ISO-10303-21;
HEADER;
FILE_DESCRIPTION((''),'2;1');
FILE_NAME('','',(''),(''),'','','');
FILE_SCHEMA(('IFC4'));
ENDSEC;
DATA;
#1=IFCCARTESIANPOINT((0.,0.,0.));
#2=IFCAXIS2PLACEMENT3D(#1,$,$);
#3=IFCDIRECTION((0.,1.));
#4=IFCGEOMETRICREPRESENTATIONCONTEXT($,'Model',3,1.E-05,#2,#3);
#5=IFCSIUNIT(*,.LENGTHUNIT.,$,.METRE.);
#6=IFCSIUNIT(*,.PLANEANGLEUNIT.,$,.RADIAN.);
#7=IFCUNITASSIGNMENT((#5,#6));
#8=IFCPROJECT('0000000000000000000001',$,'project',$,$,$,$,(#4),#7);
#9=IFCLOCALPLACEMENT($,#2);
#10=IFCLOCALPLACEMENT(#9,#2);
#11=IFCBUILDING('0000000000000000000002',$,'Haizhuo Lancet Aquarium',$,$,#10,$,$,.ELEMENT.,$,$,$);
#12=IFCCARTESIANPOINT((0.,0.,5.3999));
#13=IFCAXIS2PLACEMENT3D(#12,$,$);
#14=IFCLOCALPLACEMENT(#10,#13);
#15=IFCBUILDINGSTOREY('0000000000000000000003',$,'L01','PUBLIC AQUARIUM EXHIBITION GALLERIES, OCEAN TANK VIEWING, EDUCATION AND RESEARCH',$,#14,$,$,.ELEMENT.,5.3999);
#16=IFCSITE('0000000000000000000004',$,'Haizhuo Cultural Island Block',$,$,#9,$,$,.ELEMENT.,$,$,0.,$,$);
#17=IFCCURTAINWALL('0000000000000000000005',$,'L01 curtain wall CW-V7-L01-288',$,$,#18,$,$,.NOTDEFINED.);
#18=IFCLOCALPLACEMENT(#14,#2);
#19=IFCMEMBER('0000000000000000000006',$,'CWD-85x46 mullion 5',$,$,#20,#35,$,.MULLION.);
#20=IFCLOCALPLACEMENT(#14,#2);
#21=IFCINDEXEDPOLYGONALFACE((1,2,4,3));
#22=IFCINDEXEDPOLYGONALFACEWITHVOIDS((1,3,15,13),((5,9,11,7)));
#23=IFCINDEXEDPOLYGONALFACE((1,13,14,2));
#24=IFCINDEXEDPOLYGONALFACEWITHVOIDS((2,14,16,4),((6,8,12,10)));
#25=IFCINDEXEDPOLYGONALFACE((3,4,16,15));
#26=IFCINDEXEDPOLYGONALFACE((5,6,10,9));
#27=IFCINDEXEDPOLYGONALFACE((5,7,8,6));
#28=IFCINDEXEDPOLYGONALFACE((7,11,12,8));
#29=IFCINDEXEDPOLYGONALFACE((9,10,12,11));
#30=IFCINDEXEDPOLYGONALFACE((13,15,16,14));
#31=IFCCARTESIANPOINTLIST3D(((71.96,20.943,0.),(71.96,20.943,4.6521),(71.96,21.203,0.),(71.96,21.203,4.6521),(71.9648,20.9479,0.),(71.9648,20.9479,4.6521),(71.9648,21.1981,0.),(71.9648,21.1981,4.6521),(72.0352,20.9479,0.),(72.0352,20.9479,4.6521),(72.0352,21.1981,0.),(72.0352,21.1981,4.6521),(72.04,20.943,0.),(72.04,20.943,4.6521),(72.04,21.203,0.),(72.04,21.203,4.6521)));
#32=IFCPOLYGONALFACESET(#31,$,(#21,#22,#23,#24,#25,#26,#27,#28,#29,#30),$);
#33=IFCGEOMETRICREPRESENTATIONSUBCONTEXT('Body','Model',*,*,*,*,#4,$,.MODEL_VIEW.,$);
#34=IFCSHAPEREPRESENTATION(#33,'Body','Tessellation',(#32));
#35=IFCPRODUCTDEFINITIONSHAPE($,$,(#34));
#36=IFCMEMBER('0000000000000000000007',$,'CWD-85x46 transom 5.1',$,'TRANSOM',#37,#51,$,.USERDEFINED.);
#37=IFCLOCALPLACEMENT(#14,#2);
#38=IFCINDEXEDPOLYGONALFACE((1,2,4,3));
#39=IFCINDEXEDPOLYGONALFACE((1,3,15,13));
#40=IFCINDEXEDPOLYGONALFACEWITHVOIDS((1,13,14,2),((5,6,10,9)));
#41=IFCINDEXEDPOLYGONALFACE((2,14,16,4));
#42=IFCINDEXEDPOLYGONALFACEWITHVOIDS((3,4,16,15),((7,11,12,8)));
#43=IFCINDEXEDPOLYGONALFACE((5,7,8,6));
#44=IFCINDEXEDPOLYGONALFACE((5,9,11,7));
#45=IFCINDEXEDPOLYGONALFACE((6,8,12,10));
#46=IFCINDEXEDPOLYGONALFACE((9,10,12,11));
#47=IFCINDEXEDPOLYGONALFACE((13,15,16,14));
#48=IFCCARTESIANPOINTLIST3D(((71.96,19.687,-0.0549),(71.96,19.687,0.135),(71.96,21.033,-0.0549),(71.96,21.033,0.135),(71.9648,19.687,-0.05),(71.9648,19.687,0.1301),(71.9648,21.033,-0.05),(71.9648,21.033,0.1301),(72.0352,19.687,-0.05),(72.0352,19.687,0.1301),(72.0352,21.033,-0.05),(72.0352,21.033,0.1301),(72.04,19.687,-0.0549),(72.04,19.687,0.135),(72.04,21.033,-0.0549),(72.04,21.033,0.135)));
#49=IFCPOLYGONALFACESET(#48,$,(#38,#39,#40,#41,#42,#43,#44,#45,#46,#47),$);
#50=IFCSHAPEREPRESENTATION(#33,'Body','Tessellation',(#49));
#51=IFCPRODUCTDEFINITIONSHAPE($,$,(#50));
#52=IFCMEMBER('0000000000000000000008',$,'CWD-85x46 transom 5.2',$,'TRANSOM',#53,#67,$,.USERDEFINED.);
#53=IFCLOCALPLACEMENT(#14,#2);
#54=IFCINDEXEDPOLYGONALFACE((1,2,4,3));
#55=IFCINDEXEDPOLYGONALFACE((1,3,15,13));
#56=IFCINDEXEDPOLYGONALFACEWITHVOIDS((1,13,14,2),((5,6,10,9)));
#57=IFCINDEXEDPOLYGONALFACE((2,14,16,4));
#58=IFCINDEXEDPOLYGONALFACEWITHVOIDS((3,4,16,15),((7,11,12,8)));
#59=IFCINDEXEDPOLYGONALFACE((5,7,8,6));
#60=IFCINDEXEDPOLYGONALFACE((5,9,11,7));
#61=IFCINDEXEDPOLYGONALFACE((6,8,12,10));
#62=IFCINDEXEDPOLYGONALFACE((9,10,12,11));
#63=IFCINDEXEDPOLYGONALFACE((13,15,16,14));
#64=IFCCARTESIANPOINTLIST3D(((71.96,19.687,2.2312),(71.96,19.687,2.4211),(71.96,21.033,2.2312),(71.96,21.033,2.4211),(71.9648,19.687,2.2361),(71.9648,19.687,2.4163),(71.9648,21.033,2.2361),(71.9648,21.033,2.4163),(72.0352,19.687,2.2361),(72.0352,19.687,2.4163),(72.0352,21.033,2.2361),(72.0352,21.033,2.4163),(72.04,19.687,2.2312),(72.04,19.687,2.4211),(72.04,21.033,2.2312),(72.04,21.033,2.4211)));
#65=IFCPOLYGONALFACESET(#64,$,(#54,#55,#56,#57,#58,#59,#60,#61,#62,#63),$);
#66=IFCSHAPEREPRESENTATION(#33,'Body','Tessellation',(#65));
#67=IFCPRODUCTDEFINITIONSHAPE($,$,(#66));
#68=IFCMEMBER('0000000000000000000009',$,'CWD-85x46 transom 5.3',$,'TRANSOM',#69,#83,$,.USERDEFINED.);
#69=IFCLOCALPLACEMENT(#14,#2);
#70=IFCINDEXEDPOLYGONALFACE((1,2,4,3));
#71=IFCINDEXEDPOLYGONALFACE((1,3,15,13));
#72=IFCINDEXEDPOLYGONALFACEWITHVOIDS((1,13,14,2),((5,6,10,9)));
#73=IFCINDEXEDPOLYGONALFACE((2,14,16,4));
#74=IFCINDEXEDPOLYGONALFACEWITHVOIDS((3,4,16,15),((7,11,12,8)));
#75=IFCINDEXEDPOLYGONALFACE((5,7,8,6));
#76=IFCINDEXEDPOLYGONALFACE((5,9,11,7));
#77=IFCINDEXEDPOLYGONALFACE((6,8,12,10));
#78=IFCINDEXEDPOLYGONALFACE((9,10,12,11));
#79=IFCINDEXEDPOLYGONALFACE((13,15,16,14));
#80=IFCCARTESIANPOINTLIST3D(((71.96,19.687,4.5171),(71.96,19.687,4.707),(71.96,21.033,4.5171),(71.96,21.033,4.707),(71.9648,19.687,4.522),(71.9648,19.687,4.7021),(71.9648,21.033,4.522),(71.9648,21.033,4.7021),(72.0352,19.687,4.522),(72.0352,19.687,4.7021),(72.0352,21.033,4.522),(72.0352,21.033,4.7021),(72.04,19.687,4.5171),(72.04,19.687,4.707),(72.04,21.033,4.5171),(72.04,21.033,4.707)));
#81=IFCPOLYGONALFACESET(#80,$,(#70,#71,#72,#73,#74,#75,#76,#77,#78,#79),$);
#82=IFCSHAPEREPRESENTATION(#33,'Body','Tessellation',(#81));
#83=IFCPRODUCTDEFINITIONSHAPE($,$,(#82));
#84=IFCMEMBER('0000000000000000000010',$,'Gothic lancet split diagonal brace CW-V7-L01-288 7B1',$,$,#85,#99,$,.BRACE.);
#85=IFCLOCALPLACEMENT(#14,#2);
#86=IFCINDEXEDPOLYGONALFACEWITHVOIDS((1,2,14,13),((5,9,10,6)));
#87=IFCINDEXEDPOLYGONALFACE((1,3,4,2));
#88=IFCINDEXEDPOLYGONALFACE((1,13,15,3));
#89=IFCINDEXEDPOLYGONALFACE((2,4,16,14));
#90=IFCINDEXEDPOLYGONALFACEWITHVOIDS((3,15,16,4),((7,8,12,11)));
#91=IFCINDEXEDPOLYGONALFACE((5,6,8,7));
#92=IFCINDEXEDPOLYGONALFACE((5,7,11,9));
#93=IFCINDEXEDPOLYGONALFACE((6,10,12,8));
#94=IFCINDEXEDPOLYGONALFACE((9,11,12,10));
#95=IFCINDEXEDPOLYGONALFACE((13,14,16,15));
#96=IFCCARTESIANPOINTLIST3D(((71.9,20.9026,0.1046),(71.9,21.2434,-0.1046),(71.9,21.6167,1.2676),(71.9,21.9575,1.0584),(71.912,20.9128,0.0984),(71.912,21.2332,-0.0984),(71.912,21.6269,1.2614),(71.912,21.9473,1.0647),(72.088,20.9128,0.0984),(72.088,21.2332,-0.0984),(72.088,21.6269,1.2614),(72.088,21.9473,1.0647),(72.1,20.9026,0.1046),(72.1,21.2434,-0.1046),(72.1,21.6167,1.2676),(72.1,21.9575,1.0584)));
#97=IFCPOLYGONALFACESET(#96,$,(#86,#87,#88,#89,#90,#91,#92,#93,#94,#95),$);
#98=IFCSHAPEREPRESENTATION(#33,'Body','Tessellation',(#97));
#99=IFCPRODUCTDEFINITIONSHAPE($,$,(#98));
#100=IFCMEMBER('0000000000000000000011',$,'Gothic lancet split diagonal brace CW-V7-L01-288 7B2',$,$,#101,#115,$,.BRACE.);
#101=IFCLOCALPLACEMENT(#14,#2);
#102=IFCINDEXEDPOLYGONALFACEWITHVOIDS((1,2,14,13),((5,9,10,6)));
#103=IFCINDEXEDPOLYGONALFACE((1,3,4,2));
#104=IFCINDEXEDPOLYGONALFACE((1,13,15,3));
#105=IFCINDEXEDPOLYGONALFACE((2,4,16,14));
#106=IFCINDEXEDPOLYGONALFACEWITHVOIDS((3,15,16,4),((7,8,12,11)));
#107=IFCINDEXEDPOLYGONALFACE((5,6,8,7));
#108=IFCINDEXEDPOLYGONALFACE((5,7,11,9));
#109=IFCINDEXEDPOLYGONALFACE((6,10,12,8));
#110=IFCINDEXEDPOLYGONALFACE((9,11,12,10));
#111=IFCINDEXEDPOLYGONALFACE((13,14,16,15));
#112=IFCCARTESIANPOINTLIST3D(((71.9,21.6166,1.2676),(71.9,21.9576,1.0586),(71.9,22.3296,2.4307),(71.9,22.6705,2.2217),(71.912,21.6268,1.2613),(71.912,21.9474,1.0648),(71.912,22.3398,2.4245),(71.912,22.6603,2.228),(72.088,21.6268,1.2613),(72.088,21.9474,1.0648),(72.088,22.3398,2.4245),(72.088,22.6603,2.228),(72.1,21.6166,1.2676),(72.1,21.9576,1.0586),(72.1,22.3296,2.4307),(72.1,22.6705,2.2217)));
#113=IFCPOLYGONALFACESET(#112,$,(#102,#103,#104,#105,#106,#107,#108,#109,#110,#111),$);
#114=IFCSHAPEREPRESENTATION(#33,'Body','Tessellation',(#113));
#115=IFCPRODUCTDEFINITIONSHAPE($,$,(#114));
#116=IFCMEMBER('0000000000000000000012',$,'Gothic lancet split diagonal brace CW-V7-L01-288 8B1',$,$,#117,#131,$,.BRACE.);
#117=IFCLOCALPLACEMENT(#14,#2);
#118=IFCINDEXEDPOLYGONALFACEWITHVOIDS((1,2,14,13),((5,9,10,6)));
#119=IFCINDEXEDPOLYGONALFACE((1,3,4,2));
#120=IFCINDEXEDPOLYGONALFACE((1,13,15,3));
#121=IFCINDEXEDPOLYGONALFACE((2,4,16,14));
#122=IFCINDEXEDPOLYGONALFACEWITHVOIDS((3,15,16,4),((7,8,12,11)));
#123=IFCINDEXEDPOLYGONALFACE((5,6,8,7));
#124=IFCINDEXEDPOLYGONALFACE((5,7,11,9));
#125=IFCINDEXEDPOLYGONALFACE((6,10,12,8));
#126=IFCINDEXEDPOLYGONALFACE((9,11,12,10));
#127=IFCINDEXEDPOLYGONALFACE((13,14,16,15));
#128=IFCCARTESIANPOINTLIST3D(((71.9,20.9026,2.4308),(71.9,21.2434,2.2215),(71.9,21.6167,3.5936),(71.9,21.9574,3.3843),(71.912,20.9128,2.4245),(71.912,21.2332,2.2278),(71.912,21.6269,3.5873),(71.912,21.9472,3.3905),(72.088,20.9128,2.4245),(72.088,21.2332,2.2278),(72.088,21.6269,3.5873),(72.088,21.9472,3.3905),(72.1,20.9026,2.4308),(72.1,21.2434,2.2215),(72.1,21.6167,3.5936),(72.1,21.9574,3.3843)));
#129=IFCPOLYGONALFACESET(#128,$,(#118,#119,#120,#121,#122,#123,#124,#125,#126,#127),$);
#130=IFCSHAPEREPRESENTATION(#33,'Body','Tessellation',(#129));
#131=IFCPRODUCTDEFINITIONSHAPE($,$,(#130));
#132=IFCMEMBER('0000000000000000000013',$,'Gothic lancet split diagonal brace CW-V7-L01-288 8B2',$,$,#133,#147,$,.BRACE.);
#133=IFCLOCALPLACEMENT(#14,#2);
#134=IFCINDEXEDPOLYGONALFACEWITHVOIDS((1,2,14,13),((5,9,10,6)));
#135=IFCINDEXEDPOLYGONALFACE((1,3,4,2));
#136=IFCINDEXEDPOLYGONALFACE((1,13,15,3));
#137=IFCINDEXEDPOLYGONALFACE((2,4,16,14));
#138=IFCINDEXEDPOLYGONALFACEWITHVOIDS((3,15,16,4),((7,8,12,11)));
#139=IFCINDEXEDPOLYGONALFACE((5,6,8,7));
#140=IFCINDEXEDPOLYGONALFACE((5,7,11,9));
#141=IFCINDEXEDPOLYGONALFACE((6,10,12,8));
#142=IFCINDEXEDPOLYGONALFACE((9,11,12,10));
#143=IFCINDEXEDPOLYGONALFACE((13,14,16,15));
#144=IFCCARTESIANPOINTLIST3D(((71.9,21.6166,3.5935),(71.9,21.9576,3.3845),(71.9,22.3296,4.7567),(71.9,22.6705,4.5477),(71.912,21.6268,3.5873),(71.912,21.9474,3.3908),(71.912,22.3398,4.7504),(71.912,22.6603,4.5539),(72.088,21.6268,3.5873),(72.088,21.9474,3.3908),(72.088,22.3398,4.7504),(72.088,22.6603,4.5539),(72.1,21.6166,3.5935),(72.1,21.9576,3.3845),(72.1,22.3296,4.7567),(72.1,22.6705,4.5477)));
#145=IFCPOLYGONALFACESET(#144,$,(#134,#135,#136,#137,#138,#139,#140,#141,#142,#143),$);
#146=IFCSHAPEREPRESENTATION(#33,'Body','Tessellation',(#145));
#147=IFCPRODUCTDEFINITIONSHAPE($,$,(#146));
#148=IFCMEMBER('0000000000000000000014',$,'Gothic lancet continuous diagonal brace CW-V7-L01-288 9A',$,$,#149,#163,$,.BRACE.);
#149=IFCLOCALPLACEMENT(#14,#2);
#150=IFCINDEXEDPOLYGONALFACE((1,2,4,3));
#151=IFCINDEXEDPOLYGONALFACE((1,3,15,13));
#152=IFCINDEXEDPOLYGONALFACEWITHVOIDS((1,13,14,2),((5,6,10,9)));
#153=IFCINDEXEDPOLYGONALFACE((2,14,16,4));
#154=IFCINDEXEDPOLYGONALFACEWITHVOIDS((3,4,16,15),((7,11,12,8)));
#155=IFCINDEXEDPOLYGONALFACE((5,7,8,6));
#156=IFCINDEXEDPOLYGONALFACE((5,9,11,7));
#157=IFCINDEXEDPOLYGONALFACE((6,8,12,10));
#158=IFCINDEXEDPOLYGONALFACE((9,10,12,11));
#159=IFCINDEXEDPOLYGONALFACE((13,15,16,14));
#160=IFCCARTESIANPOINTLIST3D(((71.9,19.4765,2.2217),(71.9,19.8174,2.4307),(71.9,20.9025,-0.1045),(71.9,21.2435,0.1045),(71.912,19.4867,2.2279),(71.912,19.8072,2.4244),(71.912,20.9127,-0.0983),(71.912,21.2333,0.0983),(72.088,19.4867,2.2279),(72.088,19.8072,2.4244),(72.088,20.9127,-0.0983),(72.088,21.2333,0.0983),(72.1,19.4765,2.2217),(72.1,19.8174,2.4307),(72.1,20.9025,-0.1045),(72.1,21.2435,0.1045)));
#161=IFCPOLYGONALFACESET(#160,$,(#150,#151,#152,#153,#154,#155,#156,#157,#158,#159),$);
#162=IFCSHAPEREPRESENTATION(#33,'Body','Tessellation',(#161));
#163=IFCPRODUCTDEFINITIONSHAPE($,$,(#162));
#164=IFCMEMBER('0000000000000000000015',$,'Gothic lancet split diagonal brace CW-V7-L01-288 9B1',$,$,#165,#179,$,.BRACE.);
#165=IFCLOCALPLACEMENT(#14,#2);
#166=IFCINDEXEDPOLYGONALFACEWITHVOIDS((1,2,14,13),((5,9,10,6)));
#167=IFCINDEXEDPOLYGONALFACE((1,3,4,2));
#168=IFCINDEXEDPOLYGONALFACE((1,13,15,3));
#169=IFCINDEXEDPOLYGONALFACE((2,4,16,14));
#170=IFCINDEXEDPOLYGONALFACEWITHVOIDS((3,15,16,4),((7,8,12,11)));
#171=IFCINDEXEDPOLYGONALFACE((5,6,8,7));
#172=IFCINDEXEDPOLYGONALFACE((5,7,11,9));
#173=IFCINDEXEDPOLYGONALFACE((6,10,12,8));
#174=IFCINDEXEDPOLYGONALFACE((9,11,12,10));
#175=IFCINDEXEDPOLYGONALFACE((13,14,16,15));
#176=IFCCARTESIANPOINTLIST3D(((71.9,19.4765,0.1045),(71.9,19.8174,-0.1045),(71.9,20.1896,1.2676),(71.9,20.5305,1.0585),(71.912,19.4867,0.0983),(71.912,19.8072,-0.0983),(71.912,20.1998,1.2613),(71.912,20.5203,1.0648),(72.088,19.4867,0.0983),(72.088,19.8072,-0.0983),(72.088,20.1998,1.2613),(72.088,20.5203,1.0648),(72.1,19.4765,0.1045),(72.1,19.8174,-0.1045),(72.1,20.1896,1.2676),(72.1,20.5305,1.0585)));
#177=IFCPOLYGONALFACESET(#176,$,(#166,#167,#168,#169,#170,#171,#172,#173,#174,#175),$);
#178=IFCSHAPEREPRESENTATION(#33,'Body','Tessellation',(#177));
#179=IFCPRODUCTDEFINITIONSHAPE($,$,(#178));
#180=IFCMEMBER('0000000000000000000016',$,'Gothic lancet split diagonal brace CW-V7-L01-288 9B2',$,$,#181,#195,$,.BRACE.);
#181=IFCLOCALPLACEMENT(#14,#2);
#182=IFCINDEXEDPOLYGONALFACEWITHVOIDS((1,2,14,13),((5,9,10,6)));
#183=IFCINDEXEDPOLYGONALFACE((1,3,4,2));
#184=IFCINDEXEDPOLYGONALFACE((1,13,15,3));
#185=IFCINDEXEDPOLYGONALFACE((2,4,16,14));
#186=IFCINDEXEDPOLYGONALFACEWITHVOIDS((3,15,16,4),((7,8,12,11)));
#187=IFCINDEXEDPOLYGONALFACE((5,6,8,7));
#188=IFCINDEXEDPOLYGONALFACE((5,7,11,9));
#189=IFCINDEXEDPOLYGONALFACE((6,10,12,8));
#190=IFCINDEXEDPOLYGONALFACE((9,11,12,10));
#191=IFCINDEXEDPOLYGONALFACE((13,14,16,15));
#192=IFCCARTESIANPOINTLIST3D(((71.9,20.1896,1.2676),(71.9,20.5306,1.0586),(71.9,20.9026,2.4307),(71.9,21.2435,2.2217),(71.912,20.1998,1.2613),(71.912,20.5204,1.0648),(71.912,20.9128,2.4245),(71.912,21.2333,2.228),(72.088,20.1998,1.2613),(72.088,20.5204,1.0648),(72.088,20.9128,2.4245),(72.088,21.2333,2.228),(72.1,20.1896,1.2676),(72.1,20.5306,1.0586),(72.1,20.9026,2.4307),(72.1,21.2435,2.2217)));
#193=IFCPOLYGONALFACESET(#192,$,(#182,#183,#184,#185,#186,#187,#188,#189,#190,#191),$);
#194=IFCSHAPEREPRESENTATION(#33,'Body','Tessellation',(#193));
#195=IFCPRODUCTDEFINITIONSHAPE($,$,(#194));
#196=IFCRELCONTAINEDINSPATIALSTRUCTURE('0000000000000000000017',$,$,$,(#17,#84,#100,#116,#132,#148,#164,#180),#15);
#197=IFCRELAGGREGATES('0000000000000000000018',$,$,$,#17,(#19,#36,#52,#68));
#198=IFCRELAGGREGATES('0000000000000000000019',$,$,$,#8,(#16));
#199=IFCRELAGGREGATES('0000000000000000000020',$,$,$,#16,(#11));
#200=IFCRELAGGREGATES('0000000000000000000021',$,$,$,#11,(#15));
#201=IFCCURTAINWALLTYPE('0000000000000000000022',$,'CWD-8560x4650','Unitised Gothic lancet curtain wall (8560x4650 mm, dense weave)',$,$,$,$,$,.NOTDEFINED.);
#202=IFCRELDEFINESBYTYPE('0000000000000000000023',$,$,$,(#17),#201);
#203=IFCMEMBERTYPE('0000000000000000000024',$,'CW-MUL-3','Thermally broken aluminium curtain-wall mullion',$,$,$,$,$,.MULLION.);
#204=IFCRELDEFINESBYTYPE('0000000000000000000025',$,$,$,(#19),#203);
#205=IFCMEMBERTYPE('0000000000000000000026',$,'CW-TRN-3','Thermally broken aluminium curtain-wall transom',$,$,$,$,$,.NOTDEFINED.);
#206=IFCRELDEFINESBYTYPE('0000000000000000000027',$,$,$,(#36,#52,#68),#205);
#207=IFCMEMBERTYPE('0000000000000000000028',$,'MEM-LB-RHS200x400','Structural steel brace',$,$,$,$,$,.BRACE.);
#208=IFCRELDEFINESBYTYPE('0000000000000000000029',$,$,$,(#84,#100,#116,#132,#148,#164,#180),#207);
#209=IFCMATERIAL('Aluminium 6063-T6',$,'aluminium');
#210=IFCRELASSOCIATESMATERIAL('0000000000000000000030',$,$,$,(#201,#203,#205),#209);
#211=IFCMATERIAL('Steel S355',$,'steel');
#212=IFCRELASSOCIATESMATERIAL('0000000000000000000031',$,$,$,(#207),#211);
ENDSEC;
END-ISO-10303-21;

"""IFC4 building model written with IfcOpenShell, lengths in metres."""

from ifc_helpers import new_model, si_unit, direction, frame, origin, origin_2d, place, context, subcontext, project, spatial, hollow_rectangle, extrude, material, material_profile, profile_set, type_object, element, aggregate, save


model = new_model("IFC4")

# Units and contexts
model_context = context("Model", 3, precision=1e-05, world=origin(), true_north=direction((0.0, 1.0)))
body_context = subcontext(model_context, "Body", "Model", "MODEL_VIEW")
ifc_project = project(units=[si_unit("LENGTHUNIT", "METRE"), si_unit("PLANEANGLEUNIT", "RADIAN")], contexts=[model_context])

# Site, building, storey
site_placement = place(None, origin())
site = spatial("IfcSite", under=ifc_project, at=site_placement, Name="Haizhuo Cultural Island Block", CompositionType="ELEMENT", RefElevation=0.0)
building_placement = place(site_placement, origin())
building = spatial("IfcBuilding", under=site, at=building_placement, Name="Haizhuo Lancet Aquarium", CompositionType="ELEMENT")
storey_placement = place(building_placement, frame((0.0, 0.0, 5.3999)))
storey = spatial("IfcBuildingStorey", under=building, at=storey_placement, Name="L01", Description="PUBLIC AQUARIUM EXHIBITION GALLERIES, OCEAN TANK VIEWING, EDUCATION AND RESEARCH", CompositionType="ELEMENT", Elevation=5.3999)

# Curtain wall, members
ifc_material_1 = material(Name="Aluminium 6063-T6", Category="aluminium")
curtain_wall_type = type_object("IfcCurtainWallType", Name="CWD-8560x4650", Description="Unitised Gothic lancet curtain wall (8560x4650 mm, dense weave)", PredefinedType="NOTDEFINED", material=ifc_material_1)
curtain_wall_placement = place(storey_placement, origin())
curtain_wall = element("IfcCurtainWall", 1, at=curtain_wall_placement, inside=storey, type_object=curtain_wall_type, Name="L01 curtain wall CW-V7-L01-288", PredefinedType="NOTDEFINED")
ifc_material_profile_1 = material_profile(ifc_material_1, hollow_rectangle(XDim=0.0801, YDim=0.26, WallThickness=0.0049, at=origin_2d()), Name="ALU-M 80x260x5")
ifc_profile_set_1 = profile_set([ifc_material_profile_1], Name="Aluminium 6063-T6")
member_type_1 = type_object("IfcMemberType", Name="CW-MUL-3", Description="Thermally broken aluminium curtain-wall mullion", PredefinedType="MULLION", material=ifc_profile_set_1)
member_1_placement = place(storey_placement, frame((72.0, 21.073, 0.0), z_axis=(0.0, 0.0, 1.0), x_axis=(1.0, 0.0, 0.0)))
member_1 = element("IfcMember", 2, at=member_1_placement, type_object=member_type_1, Name="CWD-85x46 mullion 5", PredefinedType="MULLION", context=body_context, shape_type="SweptSolid", body=[
    extrude(hollow_rectangle(XDim=0.0801, YDim=0.26, WallThickness=0.0049, at=origin_2d()), origin(), (0.0, 0.0, 1.0), 4.6521),
])
ifc_material_profile_2 = material_profile(ifc_material_1, hollow_rectangle(XDim=0.0801, YDim=0.1899, WallThickness=0.0049, at=origin_2d()), Name="ALU-T 80x190x5")
ifc_profile_set_2 = profile_set([ifc_material_profile_2], Name="Aluminium 6063-T6")
member_type_2 = type_object("IfcMemberType", Name="CW-TRN-3", Description="Thermally broken aluminium curtain-wall transom", PredefinedType="NOTDEFINED", material=ifc_profile_set_2)
member_2_placement = place(storey_placement, frame((72.0, 21.033, 0.04), z_axis=(0.0, -1.0, 0.0), x_axis=(1.0, 0.0, 0.0)))
member_2 = element("IfcMember", 3, at=member_2_placement, type_object=member_type_2, Name="CWD-85x46 transom 5.1", ObjectType="TRANSOM", PredefinedType="USERDEFINED", context=body_context, shape_type="SweptSolid", body=[
    extrude(hollow_rectangle(XDim=0.0801, YDim=0.1899, WallThickness=0.0049, at=origin_2d()), origin(), (0.0, 0.0, 1.0), 1.3459),
])
member_3_placement = place(storey_placement, frame((72.0, 21.033, 2.3262), z_axis=(0.0, -1.0, 0.0), x_axis=(1.0, 0.0, 0.0)))
member_3 = element("IfcMember", 4, at=member_3_placement, type_object=member_type_2, Name="CWD-85x46 transom 5.2", ObjectType="TRANSOM", PredefinedType="USERDEFINED", context=body_context, shape_type="SweptSolid", body=[
    extrude(hollow_rectangle(XDim=0.0801, YDim=0.1899, WallThickness=0.0049, at=origin_2d()), origin(), (0.0, 0.0, 1.0), 1.3459),
])
member_4_placement = place(storey_placement, frame((72.0, 21.033, 4.6121), z_axis=(0.0, -1.0, 0.0), x_axis=(1.0, 0.0, 0.0)))
member_4 = element("IfcMember", 5, at=member_4_placement, type_object=member_type_2, Name="CWD-85x46 transom 5.3", ObjectType="TRANSOM", PredefinedType="USERDEFINED", context=body_context, shape_type="SweptSolid", body=[
    extrude(hollow_rectangle(XDim=0.0801, YDim=0.1899, WallThickness=0.0049, at=origin_2d()), origin(), (0.0, 0.0, 1.0), 1.3459),
])

# Members
ifc_material_2 = material(Name="Steel S355", Category="steel")
ifc_material_profile_3 = material_profile(ifc_material_2, hollow_rectangle(XDim=0.2, YDim=0.3999, WallThickness=0.012, at=origin_2d()), Name="RHS 200x400x12")
ifc_profile_set_3 = profile_set([ifc_material_profile_3], Name="Steel S355")
member_type_3 = type_object("IfcMemberType", Name="MEM-LB-RHS200x400", Description="Structural steel brace", PredefinedType="BRACE", material=ifc_profile_set_3)
member_5_placement = place(storey_placement, frame((72.0, 21.073, 0.0), z_axis=(0.0, 0.523229, 0.852192), x_axis=(-1.0, 0.0, 0.0)))
element("IfcMember", 6, at=member_5_placement, inside=storey, type_object=member_type_3, Name="Gothic lancet split diagonal brace CW-V7-L01-288 7B1", PredefinedType="BRACE", context=body_context, shape_type="SweptSolid", body=[
    extrude(hollow_rectangle(XDim=0.2, YDim=0.3999, WallThickness=0.012, at=origin_2d()), origin(), (0.0, 0.0, 1.0), 1.3647),
])
member_6_placement = place(storey_placement, frame((72.0, 21.7871, 1.1631), z_axis=(0.0, 0.522579, 0.852591), x_axis=(-1.0, 0.0, 0.0)))
element("IfcMember", 7, at=member_6_placement, inside=storey, type_object=member_type_3, Name="Gothic lancet split diagonal brace CW-V7-L01-288 7B2", PredefinedType="BRACE", context=body_context, shape_type="SweptSolid", body=[
    extrude(hollow_rectangle(XDim=0.2, YDim=0.3999, WallThickness=0.012, at=origin_2d()), origin(), (0.0, 0.0, 1.0), 1.3643),
])
member_7_placement = place(storey_placement, frame((72.0, 21.073, 2.3262), z_axis=(0.0, 0.523309, 0.852143), x_axis=(-1.0, 0.0, 0.0)))
element("IfcMember", 8, at=member_7_placement, inside=storey, type_object=member_type_3, Name="Gothic lancet split diagonal brace CW-V7-L01-288 8B1", PredefinedType="BRACE", context=body_context, shape_type="SweptSolid", body=[
    extrude(hollow_rectangle(XDim=0.2, YDim=0.3999, WallThickness=0.012, at=origin_2d()), origin(), (0.0, 0.0, 1.0), 1.3645),
])
member_8_placement = place(storey_placement, frame((72.0, 21.7871, 3.489), z_axis=(0.0, 0.522579, 0.852591), x_axis=(-1.0, 0.0, 0.0)))
element("IfcMember", 9, at=member_8_placement, inside=storey, type_object=member_type_3, Name="Gothic lancet split diagonal brace CW-V7-L01-288 8B2", PredefinedType="BRACE", context=body_context, shape_type="SweptSolid", body=[
    extrude(hollow_rectangle(XDim=0.2, YDim=0.3999, WallThickness=0.012, at=origin_2d()), origin(), (0.0, 0.0, 1.0), 1.3643),
])
member_9_placement = place(storey_placement, frame((72.0, 21.073, 0.0), z_axis=(0.0, -0.522644, 0.852551), x_axis=(1.0, 0.0, 0.0)))
element("IfcMember", 10, at=member_9_placement, inside=storey, type_object=member_type_3, Name="Gothic lancet continuous diagonal brace CW-V7-L01-288 9A", PredefinedType="BRACE", context=body_context, shape_type="SweptSolid", body=[
    extrude(hollow_rectangle(XDim=0.2, YDim=0.3999, WallThickness=0.012, at=origin_2d()), origin(), (0.0, 0.0, 1.0), 2.7285),
])
for number, where, z_axis, x_axis, name in (
    (11, (72.0, 19.647, 0.0), (0.0, 0.522709, 0.852511), (-1.0, 0.0, 0.0), "Gothic lancet split diagonal brace CW-V7-L01-288 9B1"),
    (12, (72.0, 20.3601, 1.1631), (0.0, 0.522579, 0.852591), (-1.0, 0.0, 0.0), "Gothic lancet split diagonal brace CW-V7-L01-288 9B2"),
):
    element("IfcMember", number, at=place(storey_placement, frame(where, z_axis=z_axis, x_axis=x_axis)), inside=storey, type_object=member_type_3, Name=name, PredefinedType="BRACE", context=body_context, shape_type="SweptSolid", body=[
        extrude(hollow_rectangle(XDim=0.2, YDim=0.3999, WallThickness=0.012, at=origin_2d()), origin(), (0.0, 0.0, 1.0), 1.3643),
    ])

aggregate(curtain_wall, [member_1, member_2, member_3, member_4])

save(model, "model.ifc")
